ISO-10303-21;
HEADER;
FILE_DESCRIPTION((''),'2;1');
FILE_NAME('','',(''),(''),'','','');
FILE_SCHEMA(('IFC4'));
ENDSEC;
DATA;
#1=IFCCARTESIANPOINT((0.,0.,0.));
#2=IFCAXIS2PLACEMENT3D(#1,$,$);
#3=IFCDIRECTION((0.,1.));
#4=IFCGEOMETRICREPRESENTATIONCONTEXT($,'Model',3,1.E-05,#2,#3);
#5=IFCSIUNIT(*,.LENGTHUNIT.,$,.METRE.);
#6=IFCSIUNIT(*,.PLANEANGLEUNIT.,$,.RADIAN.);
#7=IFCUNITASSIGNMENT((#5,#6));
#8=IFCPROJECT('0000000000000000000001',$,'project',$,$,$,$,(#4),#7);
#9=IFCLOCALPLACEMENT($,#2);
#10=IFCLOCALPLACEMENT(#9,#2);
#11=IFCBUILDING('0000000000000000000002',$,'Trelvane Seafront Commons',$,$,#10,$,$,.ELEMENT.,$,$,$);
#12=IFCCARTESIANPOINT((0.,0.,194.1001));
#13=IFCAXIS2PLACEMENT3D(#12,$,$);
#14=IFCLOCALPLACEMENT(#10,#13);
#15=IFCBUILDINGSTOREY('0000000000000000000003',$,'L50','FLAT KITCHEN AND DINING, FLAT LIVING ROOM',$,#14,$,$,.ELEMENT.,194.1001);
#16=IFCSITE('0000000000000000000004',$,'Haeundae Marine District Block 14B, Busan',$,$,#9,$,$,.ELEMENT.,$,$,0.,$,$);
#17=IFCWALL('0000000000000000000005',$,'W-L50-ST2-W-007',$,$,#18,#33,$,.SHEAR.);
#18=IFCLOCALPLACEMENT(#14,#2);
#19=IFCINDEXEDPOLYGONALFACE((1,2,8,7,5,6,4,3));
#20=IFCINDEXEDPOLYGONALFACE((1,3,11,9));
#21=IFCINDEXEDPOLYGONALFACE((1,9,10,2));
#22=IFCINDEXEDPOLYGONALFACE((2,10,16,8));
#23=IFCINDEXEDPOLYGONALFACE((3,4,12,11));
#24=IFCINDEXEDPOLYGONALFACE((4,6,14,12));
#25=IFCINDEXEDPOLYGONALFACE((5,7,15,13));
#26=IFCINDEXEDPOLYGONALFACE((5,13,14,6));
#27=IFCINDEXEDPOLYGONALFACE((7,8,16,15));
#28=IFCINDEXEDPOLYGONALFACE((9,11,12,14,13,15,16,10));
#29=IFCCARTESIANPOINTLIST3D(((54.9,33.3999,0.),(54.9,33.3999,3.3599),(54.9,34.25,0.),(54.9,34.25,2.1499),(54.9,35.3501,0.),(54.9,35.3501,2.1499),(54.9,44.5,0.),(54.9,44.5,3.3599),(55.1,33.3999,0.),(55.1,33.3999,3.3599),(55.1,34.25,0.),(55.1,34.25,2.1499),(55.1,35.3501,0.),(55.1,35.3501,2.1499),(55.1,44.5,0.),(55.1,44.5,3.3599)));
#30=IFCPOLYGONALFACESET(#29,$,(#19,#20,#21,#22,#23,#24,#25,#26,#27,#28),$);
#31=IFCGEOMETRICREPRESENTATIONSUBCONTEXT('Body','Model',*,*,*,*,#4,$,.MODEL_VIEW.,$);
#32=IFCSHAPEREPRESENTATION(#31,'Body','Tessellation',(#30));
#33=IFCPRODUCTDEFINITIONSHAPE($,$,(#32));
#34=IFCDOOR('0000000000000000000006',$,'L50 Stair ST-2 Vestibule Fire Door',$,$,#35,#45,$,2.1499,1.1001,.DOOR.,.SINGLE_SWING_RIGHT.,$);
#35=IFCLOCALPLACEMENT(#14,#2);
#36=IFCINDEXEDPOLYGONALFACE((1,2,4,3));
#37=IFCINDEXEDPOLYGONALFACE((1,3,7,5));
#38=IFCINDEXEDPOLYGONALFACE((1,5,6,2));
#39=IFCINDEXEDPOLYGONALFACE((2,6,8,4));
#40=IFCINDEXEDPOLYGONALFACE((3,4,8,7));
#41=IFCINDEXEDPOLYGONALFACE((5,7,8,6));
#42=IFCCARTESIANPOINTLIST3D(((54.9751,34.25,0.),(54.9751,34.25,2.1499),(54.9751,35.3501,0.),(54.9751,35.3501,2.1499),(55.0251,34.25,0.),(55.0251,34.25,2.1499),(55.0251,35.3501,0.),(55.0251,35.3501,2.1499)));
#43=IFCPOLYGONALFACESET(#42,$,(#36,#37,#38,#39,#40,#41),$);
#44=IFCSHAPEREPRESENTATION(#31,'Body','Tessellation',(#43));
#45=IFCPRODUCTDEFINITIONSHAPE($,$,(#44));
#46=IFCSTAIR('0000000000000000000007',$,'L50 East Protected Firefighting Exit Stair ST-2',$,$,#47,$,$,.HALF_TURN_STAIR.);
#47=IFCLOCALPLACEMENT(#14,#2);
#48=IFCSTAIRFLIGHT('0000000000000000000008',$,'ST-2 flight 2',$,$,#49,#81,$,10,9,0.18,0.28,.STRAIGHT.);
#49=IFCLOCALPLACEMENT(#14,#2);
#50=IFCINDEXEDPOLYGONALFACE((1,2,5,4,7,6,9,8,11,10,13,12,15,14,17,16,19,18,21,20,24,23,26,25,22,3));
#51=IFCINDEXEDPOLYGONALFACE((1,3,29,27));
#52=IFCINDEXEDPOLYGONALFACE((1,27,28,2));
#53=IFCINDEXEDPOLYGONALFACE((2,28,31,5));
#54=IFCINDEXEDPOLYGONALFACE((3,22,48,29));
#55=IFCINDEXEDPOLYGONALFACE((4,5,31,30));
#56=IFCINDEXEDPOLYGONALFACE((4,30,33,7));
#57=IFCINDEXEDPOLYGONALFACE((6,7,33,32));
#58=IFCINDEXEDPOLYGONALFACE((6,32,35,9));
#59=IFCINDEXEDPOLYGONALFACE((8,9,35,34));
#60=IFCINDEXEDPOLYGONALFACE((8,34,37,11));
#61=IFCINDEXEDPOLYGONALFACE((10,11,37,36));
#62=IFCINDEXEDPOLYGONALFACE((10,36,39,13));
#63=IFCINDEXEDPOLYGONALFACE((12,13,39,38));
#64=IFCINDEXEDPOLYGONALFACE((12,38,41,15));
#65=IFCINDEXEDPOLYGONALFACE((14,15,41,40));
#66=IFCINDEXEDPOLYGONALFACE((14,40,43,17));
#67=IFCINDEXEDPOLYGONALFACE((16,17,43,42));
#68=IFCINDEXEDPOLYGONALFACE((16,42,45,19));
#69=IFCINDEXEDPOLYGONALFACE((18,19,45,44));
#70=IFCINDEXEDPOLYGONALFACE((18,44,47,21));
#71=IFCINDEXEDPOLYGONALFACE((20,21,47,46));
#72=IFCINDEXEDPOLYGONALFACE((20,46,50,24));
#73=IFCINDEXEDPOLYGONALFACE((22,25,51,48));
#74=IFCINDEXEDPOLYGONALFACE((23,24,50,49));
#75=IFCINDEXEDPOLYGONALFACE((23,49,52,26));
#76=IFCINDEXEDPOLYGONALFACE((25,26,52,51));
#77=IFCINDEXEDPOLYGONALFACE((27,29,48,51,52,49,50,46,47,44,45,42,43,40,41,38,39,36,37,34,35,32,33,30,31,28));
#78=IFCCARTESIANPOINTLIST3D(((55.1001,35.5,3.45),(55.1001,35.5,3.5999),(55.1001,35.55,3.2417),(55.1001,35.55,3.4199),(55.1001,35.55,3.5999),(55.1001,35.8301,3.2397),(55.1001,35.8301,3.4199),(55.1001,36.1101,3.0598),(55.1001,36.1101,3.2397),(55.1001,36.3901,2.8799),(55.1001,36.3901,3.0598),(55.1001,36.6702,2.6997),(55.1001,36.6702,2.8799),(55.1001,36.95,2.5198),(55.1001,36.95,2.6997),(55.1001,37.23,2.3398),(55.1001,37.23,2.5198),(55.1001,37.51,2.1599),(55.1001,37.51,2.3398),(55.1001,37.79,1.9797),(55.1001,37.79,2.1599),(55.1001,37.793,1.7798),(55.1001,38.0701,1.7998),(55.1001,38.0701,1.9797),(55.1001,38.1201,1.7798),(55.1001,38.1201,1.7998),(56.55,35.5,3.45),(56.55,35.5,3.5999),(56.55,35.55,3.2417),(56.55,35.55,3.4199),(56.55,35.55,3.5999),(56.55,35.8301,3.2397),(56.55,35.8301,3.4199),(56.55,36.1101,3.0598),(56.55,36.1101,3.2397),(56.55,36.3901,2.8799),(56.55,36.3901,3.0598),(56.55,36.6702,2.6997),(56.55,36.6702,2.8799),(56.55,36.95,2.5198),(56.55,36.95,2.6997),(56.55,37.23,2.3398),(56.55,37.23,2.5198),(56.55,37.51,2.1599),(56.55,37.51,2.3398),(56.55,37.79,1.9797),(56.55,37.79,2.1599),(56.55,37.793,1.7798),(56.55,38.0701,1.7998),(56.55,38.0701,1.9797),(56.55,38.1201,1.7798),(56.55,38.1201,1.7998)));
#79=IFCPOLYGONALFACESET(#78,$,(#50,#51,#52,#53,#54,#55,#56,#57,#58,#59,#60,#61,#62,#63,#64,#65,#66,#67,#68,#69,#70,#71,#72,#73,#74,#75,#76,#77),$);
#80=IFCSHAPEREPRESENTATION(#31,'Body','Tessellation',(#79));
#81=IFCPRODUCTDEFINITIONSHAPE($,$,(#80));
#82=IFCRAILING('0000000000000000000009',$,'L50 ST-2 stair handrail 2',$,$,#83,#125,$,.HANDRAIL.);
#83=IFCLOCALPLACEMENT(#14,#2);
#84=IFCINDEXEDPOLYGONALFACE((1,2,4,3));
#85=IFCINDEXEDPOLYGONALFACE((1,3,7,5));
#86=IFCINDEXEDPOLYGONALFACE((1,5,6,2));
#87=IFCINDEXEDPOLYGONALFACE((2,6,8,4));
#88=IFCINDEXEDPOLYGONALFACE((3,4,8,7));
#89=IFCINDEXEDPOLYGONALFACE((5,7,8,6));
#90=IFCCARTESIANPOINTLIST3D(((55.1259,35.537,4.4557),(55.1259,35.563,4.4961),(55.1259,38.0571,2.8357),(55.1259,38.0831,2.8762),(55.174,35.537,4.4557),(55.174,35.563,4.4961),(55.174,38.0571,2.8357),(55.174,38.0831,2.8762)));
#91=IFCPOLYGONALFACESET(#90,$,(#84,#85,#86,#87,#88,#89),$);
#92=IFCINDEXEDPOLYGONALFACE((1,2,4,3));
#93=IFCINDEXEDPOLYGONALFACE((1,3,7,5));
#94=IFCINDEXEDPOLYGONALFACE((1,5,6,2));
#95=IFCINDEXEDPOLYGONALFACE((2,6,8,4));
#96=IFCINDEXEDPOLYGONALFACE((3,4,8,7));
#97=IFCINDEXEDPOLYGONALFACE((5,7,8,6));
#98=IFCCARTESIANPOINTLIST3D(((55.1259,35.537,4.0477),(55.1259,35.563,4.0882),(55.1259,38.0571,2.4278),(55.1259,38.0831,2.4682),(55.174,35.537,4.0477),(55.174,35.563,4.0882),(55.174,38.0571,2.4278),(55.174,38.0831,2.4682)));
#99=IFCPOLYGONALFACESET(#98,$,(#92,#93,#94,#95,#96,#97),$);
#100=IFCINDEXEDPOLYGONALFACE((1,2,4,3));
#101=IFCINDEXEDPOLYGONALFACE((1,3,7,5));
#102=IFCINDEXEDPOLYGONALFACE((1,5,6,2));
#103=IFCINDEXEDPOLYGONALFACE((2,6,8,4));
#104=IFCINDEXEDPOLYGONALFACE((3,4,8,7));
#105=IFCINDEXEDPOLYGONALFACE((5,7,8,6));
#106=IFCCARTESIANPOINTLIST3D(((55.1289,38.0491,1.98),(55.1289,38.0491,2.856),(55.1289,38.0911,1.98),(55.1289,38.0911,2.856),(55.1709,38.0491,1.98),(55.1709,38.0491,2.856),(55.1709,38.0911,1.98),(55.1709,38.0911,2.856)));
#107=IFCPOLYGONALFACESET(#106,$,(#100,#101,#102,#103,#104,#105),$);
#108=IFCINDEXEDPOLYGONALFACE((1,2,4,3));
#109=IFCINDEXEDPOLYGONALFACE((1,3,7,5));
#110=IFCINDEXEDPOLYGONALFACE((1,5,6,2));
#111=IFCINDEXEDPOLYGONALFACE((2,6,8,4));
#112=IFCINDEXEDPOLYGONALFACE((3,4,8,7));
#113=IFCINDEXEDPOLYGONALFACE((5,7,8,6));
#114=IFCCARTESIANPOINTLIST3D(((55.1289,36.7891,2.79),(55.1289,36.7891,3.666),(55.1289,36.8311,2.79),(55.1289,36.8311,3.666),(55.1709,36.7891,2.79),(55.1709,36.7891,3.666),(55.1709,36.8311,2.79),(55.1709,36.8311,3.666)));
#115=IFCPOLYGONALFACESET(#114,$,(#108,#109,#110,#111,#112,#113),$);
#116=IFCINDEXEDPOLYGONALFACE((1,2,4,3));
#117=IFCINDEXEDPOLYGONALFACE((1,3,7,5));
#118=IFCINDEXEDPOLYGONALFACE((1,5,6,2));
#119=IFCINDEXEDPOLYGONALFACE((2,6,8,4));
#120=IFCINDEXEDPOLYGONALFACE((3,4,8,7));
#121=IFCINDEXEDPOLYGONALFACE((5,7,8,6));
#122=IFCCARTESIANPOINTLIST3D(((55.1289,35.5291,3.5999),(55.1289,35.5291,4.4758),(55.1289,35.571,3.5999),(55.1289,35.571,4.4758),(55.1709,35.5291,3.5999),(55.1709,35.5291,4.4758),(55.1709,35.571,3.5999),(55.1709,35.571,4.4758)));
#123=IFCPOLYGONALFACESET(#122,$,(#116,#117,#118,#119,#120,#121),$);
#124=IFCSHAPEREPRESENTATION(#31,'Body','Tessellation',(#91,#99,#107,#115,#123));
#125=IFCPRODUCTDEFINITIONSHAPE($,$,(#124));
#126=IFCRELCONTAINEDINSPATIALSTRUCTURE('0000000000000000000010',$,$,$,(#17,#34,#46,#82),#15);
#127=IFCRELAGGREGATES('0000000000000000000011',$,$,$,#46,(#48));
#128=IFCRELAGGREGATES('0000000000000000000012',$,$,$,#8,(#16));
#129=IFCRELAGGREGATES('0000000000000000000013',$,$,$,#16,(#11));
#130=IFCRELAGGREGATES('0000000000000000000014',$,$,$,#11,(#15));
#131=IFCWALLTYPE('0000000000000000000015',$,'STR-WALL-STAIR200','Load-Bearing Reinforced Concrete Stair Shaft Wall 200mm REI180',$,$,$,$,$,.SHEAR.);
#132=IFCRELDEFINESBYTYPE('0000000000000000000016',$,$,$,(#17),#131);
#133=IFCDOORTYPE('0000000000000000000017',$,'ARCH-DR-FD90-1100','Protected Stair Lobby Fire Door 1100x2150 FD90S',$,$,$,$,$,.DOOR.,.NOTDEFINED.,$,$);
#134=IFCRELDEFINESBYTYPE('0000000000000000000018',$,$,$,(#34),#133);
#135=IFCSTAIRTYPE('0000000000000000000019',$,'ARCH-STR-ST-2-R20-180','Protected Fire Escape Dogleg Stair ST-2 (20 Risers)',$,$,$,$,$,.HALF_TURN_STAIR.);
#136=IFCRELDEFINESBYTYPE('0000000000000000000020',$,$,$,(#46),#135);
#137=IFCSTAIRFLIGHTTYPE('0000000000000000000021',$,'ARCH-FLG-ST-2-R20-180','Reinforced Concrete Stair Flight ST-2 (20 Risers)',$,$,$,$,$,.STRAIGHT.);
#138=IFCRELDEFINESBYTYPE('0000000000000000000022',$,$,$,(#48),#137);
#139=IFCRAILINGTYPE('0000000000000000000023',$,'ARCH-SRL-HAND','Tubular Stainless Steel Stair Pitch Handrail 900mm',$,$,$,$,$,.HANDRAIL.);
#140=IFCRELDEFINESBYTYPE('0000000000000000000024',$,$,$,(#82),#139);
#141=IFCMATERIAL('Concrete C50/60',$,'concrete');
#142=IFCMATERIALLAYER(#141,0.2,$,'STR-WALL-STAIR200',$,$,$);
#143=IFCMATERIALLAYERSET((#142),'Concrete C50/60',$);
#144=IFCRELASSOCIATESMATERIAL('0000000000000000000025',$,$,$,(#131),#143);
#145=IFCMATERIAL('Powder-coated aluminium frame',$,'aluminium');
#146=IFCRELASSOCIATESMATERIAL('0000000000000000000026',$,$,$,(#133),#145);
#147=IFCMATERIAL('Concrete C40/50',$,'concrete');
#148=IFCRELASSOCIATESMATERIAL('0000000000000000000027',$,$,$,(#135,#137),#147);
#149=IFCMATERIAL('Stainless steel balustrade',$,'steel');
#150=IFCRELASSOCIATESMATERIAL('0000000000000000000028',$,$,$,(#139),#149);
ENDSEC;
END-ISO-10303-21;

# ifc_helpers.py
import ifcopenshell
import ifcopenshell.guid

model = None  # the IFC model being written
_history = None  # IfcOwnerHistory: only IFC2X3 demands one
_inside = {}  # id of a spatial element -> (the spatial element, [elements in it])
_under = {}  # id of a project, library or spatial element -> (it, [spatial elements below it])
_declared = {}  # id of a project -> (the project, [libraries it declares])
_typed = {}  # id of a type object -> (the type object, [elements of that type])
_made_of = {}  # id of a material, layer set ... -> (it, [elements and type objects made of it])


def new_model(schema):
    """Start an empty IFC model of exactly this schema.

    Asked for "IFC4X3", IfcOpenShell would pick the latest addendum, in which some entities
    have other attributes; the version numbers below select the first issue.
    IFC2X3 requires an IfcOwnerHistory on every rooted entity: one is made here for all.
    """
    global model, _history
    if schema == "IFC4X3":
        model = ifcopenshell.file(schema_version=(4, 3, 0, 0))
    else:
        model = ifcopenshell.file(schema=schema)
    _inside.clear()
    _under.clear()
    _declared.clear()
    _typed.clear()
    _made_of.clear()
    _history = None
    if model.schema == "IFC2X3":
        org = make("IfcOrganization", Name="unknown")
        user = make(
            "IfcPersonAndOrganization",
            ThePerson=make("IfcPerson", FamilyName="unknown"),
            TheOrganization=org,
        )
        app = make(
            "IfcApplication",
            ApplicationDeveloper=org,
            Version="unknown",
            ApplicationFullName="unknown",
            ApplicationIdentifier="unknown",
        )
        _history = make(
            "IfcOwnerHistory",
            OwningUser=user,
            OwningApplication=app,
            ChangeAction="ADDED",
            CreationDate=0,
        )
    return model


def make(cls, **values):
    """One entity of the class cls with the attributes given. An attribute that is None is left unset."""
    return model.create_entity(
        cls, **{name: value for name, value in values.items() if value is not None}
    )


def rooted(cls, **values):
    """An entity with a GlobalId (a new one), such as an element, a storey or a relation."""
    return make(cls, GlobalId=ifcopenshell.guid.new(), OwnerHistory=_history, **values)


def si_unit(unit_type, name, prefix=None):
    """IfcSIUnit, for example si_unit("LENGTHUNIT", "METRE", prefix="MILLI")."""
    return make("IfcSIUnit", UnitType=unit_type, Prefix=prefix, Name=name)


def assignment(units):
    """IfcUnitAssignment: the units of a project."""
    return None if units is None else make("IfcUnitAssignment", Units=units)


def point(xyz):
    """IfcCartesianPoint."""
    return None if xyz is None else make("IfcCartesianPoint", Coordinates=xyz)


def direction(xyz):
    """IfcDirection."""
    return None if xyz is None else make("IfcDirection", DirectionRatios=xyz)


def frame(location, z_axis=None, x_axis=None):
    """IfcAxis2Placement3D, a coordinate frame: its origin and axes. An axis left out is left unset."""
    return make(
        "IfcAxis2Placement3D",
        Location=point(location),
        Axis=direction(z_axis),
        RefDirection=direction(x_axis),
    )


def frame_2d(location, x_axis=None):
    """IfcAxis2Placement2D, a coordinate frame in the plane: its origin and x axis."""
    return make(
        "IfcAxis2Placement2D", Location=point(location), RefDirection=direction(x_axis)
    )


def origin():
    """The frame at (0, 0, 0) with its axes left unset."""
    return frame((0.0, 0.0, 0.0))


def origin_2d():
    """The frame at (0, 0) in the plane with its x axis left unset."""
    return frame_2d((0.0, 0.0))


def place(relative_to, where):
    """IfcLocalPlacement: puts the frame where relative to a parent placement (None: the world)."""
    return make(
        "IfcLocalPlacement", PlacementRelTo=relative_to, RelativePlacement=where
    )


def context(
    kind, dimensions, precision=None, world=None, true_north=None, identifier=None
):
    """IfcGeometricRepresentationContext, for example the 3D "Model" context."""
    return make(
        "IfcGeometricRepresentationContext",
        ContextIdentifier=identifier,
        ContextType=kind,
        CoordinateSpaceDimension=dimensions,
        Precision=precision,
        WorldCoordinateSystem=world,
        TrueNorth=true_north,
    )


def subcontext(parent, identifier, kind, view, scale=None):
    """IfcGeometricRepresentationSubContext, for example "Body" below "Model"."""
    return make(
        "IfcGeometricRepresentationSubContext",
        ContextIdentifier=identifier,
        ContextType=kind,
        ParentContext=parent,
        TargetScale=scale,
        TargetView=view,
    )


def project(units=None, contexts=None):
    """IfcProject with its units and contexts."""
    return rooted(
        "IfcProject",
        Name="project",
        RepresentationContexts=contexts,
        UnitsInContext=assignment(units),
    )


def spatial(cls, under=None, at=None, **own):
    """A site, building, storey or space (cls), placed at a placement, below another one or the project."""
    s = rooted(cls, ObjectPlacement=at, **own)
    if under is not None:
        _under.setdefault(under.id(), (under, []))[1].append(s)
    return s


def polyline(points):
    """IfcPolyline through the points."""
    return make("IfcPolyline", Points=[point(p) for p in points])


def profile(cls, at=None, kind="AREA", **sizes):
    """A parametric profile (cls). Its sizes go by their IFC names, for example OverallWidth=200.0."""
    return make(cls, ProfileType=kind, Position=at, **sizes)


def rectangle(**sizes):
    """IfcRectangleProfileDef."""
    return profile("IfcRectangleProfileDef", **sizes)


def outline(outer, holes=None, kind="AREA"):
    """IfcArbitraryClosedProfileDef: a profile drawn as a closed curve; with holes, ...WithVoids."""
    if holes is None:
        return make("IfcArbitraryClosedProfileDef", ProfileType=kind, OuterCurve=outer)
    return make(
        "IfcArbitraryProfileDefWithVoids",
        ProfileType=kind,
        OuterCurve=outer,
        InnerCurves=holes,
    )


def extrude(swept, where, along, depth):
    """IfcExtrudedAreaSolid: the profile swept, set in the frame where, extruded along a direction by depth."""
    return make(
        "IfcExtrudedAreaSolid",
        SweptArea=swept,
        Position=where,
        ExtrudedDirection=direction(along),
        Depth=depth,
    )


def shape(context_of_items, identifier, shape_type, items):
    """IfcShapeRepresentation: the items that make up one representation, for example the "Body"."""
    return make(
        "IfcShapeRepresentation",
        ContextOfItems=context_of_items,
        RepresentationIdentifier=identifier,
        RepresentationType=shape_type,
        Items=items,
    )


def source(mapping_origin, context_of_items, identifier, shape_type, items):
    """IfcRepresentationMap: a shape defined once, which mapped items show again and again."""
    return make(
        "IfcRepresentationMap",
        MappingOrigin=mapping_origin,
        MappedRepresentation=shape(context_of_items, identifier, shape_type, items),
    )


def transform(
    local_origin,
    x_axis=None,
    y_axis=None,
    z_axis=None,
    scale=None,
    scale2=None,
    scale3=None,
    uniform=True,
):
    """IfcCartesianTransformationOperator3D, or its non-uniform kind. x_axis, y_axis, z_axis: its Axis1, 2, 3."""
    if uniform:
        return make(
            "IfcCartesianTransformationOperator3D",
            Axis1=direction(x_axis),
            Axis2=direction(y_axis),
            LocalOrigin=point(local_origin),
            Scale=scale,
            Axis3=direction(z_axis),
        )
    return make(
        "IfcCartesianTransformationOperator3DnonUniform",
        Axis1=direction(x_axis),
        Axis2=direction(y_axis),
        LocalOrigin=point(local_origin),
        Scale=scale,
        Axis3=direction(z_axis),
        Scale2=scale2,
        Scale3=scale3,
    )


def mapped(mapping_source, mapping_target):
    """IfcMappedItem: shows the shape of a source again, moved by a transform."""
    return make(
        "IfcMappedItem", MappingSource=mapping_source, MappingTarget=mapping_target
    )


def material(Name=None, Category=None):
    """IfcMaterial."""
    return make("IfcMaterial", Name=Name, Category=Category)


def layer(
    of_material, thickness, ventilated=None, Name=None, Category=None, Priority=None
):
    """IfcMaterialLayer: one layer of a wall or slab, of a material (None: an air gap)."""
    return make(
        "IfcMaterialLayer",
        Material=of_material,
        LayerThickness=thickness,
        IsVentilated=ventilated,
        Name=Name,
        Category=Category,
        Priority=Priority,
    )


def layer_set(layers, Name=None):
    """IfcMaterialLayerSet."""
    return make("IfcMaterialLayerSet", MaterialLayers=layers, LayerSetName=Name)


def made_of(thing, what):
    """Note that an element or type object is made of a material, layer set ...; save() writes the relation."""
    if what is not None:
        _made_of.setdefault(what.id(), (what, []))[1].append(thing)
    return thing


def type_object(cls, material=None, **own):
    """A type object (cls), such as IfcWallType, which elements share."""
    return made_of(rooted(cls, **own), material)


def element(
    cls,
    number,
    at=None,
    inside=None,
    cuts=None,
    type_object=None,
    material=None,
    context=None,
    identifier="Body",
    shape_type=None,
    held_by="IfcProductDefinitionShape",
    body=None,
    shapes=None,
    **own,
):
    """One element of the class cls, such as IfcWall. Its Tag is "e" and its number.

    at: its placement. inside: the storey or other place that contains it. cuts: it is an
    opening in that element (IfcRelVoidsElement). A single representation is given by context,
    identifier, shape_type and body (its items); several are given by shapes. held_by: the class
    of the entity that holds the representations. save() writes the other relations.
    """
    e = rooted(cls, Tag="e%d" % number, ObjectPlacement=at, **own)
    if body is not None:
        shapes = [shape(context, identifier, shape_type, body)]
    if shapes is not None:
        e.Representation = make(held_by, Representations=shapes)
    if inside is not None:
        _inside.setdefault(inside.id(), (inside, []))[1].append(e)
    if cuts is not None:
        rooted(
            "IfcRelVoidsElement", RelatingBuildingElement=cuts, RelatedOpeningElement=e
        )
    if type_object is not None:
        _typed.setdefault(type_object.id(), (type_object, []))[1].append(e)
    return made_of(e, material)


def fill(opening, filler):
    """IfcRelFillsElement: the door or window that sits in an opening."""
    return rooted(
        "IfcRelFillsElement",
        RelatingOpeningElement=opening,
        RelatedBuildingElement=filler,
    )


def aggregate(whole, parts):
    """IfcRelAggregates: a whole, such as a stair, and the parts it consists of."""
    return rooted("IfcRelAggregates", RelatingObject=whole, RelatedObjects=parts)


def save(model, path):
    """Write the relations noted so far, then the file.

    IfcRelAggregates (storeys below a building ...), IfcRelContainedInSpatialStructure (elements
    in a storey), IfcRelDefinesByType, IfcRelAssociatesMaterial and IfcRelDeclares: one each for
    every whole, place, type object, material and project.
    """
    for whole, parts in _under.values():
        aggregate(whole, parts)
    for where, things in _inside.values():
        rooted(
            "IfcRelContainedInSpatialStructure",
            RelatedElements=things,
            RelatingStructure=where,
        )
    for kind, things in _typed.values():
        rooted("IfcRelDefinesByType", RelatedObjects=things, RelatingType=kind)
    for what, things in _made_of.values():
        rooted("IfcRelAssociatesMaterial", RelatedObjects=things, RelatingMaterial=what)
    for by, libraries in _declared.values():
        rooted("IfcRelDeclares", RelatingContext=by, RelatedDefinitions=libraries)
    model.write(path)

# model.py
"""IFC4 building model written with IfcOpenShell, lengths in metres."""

from ifc_helpers import new_model, si_unit, direction, frame, frame_2d, origin, origin_2d, place, context, subcontext, project, spatial, polyline, rectangle, outline, extrude, source, transform, mapped, material, layer, layer_set, type_object, element, fill, aggregate, save


model = new_model("IFC4")

# Units and contexts
model_context = context("Model", 3, precision=1e-05, world=origin(), true_north=direction((0.0, 1.0)))
body_context = subcontext(model_context, "Body", "Model", "MODEL_VIEW")
ifc_project = project(units=[si_unit("LENGTHUNIT", "METRE"), si_unit("PLANEANGLEUNIT", "RADIAN")], contexts=[model_context])

# Site, building, storey
site_placement = place(None, origin())
site = spatial("IfcSite", under=ifc_project, at=site_placement, Name="Haeundae Marine District Block 14B, Busan", CompositionType="ELEMENT", RefElevation=0.0)
building_placement = place(site_placement, origin())
building = spatial("IfcBuilding", under=site, at=building_placement, Name="Trelvane Seafront Commons", CompositionType="ELEMENT")
storey_placement = place(building_placement, frame((0.0, 0.0, 194.1001)))
storey = spatial("IfcBuildingStorey", under=building, at=storey_placement, Name="L50", Description="FLAT KITCHEN AND DINING, FLAT LIVING ROOM", CompositionType="ELEMENT", Elevation=194.1001)

# Shared definitions
ifc_material_1 = material(Name="Concrete C50/60", Category="concrete")

# Shared definitions
ifc_material_2 = material(Name="Concrete C40/50", Category="concrete")
ifc_material_3 = material(Name="Powder-coated aluminium frame", Category="aluminium")

# Shared definitions
ifc_layer_1 = layer(ifc_material_1, 0.2, Name="STR-WALL-STAIR200")
ifc_layer_set_1 = layer_set([ifc_layer_1], Name="Concrete C50/60")
wall_type_1 = type_object("IfcWallType", Name="STR-WALL-STAIR200", Description="Load-Bearing Reinforced Concrete Stair Shaft Wall 200mm REI180", PredefinedType="SHEAR", material=ifc_layer_set_1)

# Wall, opening, door
wall_1_placement = place(storey_placement, frame((55.0, 33.3999, 0.0), z_axis=(0.0, 0.0, 1.0), x_axis=(0.0, 1.0, 0.0)))
wall_1 = element("IfcWall", 1, at=wall_1_placement, inside=storey, type_object=wall_type_1, Name="W-L50-ST2-W-007", PredefinedType="SHEAR", context=body_context, shape_type="SweptSolid", body=[
    extrude(rectangle(XDim=11.1001, YDim=0.2, at=frame_2d((5.55, 0.0))), origin(), (0.0, 0.0, 1.0), 3.3599),
])
opening_1_placement = place(wall_1_placement, frame((0.8501, 0.0, 0.0)))
opening_1 = element("IfcOpeningElement", 2, at=opening_1_placement, cuts=wall_1, PredefinedType="OPENING", context=body_context, shape_type="SweptSolid", body=[
    extrude(rectangle(XDim=1.1001, YDim=2.1499, at=frame_2d((0.55, 1.075))), frame((0.0, 0.1099, 0.0), z_axis=(0.0, -1.0, 0.0), x_axis=(1.0, 0.0, 0.0)), (0.0, 0.0, 1.0), 0.22),
])
door_type_1 = type_object("IfcDoorType", Name="ARCH-DR-FD90-1100", Description="Protected Stair Lobby Fire Door 1100x2150 FD90S", OperationType="NOTDEFINED", PredefinedType="DOOR", material=ifc_material_3)
shared_shape_1 = source(origin(), body_context, "Body", "SweptSolid", [
    extrude(rectangle(XDim=1.1001, YDim=2.1499, at=frame_2d((0.55, 1.075))), frame((0.0, 0.0249, 0.0), z_axis=(0.0, -1.0, 0.0), x_axis=(1.0, 0.0, 0.0)), (0.0, 0.0, 1.0), 0.05),
])
door_1_placement = place(opening_1_placement, origin())
door_1 = element("IfcDoor", 3, at=door_1_placement, inside=storey, type_object=door_type_1, Name="L50 Stair ST-2 Vestibule Fire Door", OperationType="SINGLE_SWING_RIGHT", OverallHeight=2.1499, OverallWidth=1.1001, PredefinedType="DOOR", context=body_context, shape_type="MappedRepresentation", body=[
    mapped(shared_shape_1, transform((0.0, 0.0, 0.0), x_axis=(1.0, 0.0, 0.0), y_axis=(0.0, 1.0, 0.0), z_axis=(0.0, 0.0, 1.0), scale=1.0)),
])
fill(opening_1, door_1)

# Stair, stair flight
stair_type = type_object("IfcStairType", Name="ARCH-STR-ST-2-R20-180", Description="Protected Fire Escape Dogleg Stair ST-2 (20 Risers)", PredefinedType="HALF_TURN_STAIR", material=ifc_material_2)
stair_placement = place(storey_placement, origin())
stair = element("IfcStair", 4, at=stair_placement, inside=storey, type_object=stair_type, Name="L50 East Protected Firefighting Exit Stair ST-2", PredefinedType="HALF_TURN_STAIR")
stair_flight_type = type_object("IfcStairFlightType", Name="ARCH-FLG-ST-2-R20-180", Description="Reinforced Concrete Stair Flight ST-2 (20 Risers)", PredefinedType="STRAIGHT", material=ifc_material_2)
shared_shape_2 = source(origin(), body_context, "Body", "SweptSolid", [
    extrude(outline(polyline([(-0.05, -0.02), (-0.05, 0.0), (0.0, 0.0), (0.0, 0.1799), (0.28, 0.1799), (0.28, 0.3601), (0.5601, 0.3601), (0.5601, 0.54), (0.8401, 0.54), (0.8401, 0.72), (1.1201, 0.72), (1.1201, 0.8999), (1.3999, 0.8999), (1.3999, 1.0801), (1.6799, 1.0801), (1.6799, 1.26), (1.96, 1.26), (1.96, 1.4399), (2.24, 1.4399), (2.24, 1.6201), (2.52, 1.6201), (2.52, 1.8), (2.5701, 1.8), (2.5701, 1.6501), (2.52, 1.4419), (0.2771, -0.02), (-0.05, -0.02)])), frame((0.0, 0.7251, 0.0), z_axis=(0.0, -1.0, 0.0), x_axis=(1.0, 0.0, 0.0)), (0.0, 0.0, 1.0), 1.45),
])
stair_flight_placement = place(storey_placement, frame((55.825, 38.0701, 1.7998), z_axis=(0.0, 0.0, 1.0), x_axis=(0.0, -1.0, 0.0)))
stair_flight = element("IfcStairFlight", 5, at=stair_flight_placement, type_object=stair_flight_type, Name="ST-2 flight 2", NumberOfRisers=10, NumberOfTreads=9, PredefinedType="STRAIGHT", RiserHeight=0.18, TreadLength=0.28, context=body_context, shape_type="MappedRepresentation", body=[
    mapped(shared_shape_2, transform((0.0, 0.0, 0.0), x_axis=(1.0, 0.0, 0.0), y_axis=(0.0, 1.0, 0.0), z_axis=(0.0, 0.0, 1.0), scale=1.0)),
])
aggregate(stair, [stair_flight])

# Railing
ifc_material_4 = material(Name="Stainless steel balustrade", Category="steel")
railing_type = type_object("IfcRailingType", Name="ARCH-SRL-HAND", Description="Tubular Stainless Steel Stair Pitch Handrail 900mm", PredefinedType="HANDRAIL", material=ifc_material_4)
railing_placement = place(storey_placement, frame((55.1499, 38.0701, 1.98)))
element("IfcRailing", 6, at=railing_placement, inside=storey, type_object=railing_type, Name="L50 ST-2 stair handrail 2", PredefinedType="HANDRAIL", context=body_context, shape_type="SweptSolid", body=[
    extrude(rectangle(XDim=0.0481, YDim=0.0481, at=origin_2d()), frame((0.0, 0.0, 0.876), z_axis=(0.0, -0.8412, 0.540725), x_axis=(1.0, 0.0, 0.0)), (0.0, 0.0, 1.0), 2.9958),
    extrude(rectangle(XDim=0.0481, YDim=0.0481, at=origin_2d()), frame((0.0, 0.0, 0.468), z_axis=(0.0, -0.8412, 0.540725), x_axis=(1.0, 0.0, 0.0)), (0.0, 0.0, 1.0), 2.9958),
    extrude(rectangle(XDim=0.042, YDim=0.042, at=origin_2d()), origin(), (0.0, 0.0, 1.0), 0.876),
    extrude(rectangle(XDim=0.042, YDim=0.042, at=origin_2d()), frame((0.0, -1.26, 0.8101)), (0.0, 0.0, 1.0), 0.876),
    extrude(rectangle(XDim=0.042, YDim=0.042, at=origin_2d()), frame((0.0, -2.52, 1.6199)), (0.0, 0.0, 1.0), 0.876),
])

save(model, "model.ifc")
